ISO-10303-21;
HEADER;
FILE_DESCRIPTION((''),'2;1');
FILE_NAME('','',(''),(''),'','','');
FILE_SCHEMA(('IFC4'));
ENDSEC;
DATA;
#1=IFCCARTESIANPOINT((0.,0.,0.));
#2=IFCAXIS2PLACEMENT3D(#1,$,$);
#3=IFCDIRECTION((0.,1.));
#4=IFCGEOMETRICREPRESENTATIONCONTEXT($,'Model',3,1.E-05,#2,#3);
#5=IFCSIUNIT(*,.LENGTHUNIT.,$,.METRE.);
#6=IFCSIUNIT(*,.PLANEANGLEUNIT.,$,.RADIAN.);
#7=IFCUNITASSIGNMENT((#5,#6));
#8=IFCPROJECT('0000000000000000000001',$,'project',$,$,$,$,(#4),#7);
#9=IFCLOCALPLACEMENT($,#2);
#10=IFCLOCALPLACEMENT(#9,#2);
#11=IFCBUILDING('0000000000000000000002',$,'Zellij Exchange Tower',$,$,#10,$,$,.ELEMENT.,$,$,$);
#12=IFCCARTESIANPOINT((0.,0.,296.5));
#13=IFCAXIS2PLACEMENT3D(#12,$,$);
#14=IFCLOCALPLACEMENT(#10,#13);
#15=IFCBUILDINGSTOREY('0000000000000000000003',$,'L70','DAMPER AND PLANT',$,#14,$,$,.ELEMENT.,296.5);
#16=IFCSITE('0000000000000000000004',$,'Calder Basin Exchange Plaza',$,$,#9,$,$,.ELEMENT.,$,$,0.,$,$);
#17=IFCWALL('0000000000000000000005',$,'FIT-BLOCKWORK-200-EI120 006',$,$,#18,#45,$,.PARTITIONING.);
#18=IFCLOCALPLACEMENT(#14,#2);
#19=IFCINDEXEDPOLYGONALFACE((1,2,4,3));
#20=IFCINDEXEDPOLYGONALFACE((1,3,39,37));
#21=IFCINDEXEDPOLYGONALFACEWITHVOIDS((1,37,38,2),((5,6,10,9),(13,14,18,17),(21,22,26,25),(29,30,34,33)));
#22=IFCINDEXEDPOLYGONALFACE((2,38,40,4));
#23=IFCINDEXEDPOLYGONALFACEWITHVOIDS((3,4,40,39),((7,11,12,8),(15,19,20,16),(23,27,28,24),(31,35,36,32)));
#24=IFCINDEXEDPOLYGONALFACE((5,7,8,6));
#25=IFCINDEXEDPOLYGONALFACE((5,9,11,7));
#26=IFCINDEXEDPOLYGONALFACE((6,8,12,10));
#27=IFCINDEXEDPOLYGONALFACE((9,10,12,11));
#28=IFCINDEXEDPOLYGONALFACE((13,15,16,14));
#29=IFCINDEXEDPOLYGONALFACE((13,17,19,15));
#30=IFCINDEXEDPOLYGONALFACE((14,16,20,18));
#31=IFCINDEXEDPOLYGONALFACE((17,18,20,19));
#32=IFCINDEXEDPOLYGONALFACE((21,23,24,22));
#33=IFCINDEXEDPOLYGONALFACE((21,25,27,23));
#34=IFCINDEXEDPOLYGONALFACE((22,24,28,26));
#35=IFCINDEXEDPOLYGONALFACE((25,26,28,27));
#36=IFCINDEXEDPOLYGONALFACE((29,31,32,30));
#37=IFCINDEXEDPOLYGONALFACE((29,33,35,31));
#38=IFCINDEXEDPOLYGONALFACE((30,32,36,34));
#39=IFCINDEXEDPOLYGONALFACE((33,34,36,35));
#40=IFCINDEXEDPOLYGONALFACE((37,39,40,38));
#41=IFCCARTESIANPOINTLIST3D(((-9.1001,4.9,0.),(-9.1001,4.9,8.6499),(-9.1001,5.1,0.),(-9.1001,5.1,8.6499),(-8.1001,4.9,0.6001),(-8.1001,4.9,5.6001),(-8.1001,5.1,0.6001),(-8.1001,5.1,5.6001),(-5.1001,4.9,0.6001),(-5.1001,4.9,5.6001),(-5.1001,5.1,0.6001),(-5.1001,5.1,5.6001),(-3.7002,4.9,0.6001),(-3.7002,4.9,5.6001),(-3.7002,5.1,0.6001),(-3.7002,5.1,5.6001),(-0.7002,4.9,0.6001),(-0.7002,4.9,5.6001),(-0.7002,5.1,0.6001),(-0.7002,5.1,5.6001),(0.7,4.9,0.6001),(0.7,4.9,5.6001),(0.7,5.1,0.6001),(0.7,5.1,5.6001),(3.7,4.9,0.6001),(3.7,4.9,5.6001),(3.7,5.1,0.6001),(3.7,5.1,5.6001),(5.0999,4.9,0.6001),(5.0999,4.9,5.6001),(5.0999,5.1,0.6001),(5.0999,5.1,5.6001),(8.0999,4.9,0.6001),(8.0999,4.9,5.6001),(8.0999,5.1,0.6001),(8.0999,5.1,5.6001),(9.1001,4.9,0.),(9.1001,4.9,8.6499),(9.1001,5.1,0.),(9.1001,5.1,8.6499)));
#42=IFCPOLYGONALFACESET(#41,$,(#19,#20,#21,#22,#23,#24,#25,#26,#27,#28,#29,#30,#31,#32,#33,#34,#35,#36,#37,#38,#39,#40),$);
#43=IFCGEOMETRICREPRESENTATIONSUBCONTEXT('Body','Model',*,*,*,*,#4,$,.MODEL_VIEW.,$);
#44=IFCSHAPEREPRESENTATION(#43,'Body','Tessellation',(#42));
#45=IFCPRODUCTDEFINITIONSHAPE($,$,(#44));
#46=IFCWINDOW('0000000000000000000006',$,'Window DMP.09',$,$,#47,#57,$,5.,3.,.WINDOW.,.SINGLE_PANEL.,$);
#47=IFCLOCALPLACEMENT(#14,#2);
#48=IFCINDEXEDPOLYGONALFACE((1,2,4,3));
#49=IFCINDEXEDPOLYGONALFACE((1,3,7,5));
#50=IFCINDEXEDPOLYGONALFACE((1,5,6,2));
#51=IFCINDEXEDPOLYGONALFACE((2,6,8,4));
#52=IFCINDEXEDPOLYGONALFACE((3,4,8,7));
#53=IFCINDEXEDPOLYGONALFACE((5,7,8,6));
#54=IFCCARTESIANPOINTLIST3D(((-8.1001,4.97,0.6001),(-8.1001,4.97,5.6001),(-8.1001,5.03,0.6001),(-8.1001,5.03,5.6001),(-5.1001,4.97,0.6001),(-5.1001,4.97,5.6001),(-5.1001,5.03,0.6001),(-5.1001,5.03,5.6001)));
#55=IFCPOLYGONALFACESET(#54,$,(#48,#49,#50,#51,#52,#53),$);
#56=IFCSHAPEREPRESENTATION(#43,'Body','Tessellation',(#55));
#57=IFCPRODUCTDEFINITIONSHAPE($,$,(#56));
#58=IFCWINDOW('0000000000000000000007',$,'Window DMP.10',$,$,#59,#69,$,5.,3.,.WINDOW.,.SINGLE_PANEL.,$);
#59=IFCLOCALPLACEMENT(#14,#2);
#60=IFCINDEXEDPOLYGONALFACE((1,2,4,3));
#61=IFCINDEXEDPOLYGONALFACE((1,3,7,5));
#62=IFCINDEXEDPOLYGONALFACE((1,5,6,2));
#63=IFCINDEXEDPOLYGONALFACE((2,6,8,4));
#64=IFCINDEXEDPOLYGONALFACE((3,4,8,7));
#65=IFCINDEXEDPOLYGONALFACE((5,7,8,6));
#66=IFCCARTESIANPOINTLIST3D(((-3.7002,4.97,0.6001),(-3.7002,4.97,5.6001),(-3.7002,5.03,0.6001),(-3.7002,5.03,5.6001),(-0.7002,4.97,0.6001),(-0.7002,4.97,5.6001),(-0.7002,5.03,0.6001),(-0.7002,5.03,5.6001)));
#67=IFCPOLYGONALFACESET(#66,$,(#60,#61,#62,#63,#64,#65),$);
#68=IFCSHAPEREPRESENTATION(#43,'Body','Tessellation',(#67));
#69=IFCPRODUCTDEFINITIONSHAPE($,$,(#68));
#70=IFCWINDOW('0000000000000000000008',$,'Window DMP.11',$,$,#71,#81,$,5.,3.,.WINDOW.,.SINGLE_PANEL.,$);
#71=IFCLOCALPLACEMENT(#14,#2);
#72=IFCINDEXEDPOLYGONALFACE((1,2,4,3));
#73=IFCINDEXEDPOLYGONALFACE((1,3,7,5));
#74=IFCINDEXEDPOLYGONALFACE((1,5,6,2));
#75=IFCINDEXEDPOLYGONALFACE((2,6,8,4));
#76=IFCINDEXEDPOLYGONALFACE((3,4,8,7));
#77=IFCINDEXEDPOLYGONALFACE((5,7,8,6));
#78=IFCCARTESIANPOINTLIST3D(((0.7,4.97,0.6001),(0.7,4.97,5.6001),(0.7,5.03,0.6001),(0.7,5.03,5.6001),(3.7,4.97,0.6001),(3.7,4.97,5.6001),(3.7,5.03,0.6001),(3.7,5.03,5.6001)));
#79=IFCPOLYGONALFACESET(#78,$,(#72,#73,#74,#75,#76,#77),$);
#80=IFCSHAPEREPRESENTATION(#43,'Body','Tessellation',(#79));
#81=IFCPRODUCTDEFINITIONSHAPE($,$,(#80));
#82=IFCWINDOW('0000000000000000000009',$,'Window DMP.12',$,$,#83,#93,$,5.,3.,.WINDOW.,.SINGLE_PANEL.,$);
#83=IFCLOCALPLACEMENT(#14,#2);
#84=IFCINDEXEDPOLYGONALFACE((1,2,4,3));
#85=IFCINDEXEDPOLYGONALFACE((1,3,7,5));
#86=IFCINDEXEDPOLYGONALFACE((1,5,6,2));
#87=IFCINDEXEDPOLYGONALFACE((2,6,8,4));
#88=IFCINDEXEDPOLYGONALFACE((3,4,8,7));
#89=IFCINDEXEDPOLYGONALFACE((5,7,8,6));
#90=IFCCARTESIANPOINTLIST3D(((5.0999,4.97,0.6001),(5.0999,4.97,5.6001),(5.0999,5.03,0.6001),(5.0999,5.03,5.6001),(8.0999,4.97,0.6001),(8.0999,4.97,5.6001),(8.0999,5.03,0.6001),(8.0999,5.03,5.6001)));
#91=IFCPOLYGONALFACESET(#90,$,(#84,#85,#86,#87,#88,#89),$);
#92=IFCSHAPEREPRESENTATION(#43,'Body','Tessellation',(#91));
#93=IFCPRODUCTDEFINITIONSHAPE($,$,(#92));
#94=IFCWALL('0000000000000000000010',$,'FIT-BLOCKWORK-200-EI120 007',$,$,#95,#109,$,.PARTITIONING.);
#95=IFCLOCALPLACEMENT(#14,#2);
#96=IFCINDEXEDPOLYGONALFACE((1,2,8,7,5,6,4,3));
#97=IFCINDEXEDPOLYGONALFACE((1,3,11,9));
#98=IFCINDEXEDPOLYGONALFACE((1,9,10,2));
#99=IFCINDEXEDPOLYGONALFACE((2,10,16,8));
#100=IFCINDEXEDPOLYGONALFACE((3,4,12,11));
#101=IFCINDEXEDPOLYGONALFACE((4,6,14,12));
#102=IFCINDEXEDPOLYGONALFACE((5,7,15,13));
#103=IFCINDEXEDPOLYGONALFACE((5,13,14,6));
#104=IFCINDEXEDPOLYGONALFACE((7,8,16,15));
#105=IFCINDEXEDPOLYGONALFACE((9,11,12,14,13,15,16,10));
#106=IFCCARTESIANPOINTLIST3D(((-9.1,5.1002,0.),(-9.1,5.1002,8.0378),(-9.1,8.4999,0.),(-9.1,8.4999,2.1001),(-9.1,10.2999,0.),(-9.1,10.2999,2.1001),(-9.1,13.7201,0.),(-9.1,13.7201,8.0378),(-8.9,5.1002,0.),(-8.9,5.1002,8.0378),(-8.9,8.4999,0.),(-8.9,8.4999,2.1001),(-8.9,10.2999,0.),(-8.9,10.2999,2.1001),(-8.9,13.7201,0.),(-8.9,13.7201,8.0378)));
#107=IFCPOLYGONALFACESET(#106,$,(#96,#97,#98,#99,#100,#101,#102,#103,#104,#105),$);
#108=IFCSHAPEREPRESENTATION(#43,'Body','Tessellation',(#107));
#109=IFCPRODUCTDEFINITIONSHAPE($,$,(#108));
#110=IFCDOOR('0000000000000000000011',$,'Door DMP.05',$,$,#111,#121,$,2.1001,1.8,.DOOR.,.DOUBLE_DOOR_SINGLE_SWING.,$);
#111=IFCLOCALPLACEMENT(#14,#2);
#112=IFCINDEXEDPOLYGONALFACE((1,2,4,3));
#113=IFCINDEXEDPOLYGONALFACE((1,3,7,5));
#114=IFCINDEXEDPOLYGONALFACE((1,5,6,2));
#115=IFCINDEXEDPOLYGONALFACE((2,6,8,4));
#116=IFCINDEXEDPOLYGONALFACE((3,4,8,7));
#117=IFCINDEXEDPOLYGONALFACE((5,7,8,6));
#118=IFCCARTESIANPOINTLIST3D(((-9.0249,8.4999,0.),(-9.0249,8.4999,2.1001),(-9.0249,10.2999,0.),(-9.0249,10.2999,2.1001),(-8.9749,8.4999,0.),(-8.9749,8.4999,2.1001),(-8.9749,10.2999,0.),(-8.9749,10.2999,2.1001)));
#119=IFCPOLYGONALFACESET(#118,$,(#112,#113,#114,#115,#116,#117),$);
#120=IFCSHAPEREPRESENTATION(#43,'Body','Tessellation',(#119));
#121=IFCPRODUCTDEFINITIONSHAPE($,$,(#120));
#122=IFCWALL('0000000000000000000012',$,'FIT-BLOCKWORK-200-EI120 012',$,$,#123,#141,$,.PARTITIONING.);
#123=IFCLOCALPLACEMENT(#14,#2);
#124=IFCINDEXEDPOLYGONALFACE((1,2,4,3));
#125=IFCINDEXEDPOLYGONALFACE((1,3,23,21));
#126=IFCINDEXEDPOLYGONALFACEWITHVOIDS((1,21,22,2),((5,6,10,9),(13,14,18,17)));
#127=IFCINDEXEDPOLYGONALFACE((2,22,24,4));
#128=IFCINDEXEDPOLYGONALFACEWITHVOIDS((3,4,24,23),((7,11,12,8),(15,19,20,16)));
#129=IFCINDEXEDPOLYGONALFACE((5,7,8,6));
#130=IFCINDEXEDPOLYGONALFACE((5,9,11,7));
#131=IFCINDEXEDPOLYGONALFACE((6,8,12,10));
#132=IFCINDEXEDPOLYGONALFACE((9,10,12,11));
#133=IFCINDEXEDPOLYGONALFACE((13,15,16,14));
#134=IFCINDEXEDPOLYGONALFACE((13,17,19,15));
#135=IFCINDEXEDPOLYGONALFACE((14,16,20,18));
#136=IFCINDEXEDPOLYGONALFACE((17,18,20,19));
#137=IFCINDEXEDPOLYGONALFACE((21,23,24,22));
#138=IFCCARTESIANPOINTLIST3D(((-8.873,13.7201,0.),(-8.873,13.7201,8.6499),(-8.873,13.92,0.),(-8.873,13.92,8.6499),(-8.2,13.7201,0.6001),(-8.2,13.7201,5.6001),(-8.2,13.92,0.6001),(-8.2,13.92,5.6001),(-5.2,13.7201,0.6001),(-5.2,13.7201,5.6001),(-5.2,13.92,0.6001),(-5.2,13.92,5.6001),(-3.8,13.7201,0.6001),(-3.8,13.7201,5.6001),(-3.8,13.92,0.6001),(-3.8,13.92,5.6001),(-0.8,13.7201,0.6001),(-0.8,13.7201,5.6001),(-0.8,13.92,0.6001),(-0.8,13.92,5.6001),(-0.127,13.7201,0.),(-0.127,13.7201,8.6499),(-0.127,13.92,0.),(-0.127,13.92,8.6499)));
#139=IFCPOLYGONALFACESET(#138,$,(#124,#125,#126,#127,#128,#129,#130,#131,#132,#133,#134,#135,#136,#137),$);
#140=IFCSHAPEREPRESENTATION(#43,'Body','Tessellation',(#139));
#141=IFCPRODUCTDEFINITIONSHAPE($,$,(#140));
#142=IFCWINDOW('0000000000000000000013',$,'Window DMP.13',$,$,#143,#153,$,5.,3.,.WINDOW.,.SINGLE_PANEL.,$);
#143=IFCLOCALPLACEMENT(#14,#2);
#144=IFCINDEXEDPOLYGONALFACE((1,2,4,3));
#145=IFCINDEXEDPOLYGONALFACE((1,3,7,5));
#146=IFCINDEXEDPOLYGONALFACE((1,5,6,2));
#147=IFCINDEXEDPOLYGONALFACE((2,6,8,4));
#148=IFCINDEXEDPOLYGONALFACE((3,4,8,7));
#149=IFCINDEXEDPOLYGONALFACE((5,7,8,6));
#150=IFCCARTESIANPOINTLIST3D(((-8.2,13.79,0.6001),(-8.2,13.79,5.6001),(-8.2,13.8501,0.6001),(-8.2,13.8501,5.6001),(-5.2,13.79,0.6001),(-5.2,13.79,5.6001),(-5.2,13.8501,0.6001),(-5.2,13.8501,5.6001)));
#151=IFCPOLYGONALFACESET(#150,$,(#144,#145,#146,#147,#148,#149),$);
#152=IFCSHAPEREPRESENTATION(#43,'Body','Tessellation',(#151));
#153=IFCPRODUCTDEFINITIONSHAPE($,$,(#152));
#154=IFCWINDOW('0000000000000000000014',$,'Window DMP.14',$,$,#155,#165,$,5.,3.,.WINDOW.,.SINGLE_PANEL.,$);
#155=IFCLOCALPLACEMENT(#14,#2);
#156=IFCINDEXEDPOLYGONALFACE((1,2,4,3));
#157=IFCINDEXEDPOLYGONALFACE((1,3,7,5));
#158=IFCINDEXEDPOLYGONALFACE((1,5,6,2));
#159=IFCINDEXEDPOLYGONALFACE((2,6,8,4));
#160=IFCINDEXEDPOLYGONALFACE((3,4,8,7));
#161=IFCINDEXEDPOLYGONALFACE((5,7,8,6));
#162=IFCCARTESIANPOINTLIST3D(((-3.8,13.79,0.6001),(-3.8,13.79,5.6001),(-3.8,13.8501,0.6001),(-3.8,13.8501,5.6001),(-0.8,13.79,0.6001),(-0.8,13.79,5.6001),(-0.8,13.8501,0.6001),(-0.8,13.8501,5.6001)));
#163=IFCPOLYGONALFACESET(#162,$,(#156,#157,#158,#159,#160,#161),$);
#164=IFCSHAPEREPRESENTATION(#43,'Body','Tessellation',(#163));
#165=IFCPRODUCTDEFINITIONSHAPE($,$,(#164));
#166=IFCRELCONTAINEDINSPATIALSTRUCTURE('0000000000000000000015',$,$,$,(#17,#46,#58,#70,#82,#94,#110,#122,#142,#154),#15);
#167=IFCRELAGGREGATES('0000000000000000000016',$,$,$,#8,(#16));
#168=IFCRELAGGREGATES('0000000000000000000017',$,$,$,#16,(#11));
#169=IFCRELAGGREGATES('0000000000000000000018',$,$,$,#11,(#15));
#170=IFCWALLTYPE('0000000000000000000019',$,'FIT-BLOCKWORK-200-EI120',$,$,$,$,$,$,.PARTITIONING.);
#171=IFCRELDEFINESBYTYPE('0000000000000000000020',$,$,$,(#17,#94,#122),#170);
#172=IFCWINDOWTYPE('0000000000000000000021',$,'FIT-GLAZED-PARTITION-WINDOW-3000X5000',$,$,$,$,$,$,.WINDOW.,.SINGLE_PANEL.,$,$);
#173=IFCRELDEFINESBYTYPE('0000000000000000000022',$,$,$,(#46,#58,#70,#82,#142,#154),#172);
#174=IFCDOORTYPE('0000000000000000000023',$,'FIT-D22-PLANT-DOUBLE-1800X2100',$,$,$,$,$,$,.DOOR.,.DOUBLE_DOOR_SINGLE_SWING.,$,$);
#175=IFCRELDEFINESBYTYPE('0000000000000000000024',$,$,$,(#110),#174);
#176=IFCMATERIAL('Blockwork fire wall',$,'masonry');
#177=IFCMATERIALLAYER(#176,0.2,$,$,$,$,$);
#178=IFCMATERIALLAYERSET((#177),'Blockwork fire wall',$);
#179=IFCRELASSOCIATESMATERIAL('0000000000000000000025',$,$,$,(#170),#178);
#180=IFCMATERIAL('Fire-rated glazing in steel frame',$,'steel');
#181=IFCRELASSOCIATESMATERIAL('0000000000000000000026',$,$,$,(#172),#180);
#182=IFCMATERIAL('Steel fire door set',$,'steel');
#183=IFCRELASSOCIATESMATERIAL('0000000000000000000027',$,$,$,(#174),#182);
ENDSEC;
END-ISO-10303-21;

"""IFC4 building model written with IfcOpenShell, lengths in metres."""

from ifc_helpers import new_model, si_unit, direction, frame, frame_2d, origin, place, context, subcontext, project, spatial, rectangle, extrude, material, layer, layer_set, type_object, element, fill, save


model = new_model("IFC4")

# Units and contexts
model_context = context("Model", 3, precision=1e-05, world=origin(), true_north=direction((0.0, 1.0)))
body_context = subcontext(model_context, "Body", "Model", "MODEL_VIEW")
ifc_project = project(units=[si_unit("LENGTHUNIT", "METRE"), si_unit("PLANEANGLEUNIT", "RADIAN")], contexts=[model_context])

# Site, building, storey
site_placement = place(None, origin())
site = spatial("IfcSite", under=ifc_project, at=site_placement, Name="Calder Basin Exchange Plaza", CompositionType="ELEMENT", RefElevation=0.0)
building_placement = place(site_placement, origin())
building = spatial("IfcBuilding", under=site, at=building_placement, Name="Zellij Exchange Tower", CompositionType="ELEMENT")
storey_placement = place(building_placement, frame((0.0, 0.0, 296.5)))
storey = spatial("IfcBuildingStorey", under=building, at=storey_placement, Name="L70", Description="DAMPER AND PLANT", CompositionType="ELEMENT", Elevation=296.5)

# Wall, openings, windows
ifc_material_1 = material(Name="Blockwork fire wall", Category="masonry")
ifc_layer = layer(ifc_material_1, 0.2)
ifc_layer_set = layer_set([ifc_layer], Name="Blockwork fire wall")
wall_type = type_object("IfcWallType", Name="FIT-BLOCKWORK-200-EI120", PredefinedType="PARTITIONING", material=ifc_layer_set)
wall_1_placement = place(storey_placement, frame((-9.1001, 5.0, 0.0), z_axis=(0.0, 0.0, 1.0), x_axis=(1.0, 0.0, 0.0)))
wall_1 = element("IfcWall", 1, at=wall_1_placement, inside=storey, type_object=wall_type, Name="FIT-BLOCKWORK-200-EI120 006", PredefinedType="PARTITIONING", context=body_context, shape_type="SweptSolid", body=[
    extrude(rectangle(XDim=18.2002, YDim=0.2, at=frame_2d((9.1001, 0.0))), origin(), (0.0, 0.0, 1.0), 8.6499),
])
opening_1_placement = place(wall_1_placement, frame((1.0, 0.0, 0.6001)))
opening_1 = element("IfcOpeningElement", 2, at=opening_1_placement, cuts=wall_1, PredefinedType="OPENING", context=body_context, shape_type="SweptSolid", body=[
    extrude(rectangle(XDim=3.0, YDim=5.0, at=frame_2d((1.5, 2.5))), frame((0.0, 0.1118, 0.0), z_axis=(0.0, -1.0, 0.0), x_axis=(1.0, 0.0, 0.0)), (0.0, 0.0, 1.0), 0.2239),
])
opening_2_placement = place(wall_1_placement, frame((5.3999, 0.0, 0.6001)))
opening_2 = element("IfcOpeningElement", 3, at=opening_2_placement, cuts=wall_1, PredefinedType="OPENING", context=body_context, shape_type="SweptSolid", body=[
    extrude(rectangle(XDim=3.0, YDim=5.0, at=frame_2d((1.5, 2.5))), frame((0.0, 0.1118, 0.0), z_axis=(0.0, -1.0, 0.0), x_axis=(1.0, 0.0, 0.0)), (0.0, 0.0, 1.0), 0.2239),
])
opening_3_placement = place(wall_1_placement, frame((9.8, 0.0, 0.6001)))
opening_3 = element("IfcOpeningElement", 4, at=opening_3_placement, cuts=wall_1, PredefinedType="OPENING", context=body_context, shape_type="SweptSolid", body=[
    extrude(rectangle(XDim=3.0, YDim=5.0, at=frame_2d((1.5, 2.5))), frame((0.0, 0.1118, 0.0), z_axis=(0.0, -1.0, 0.0), x_axis=(1.0, 0.0, 0.0)), (0.0, 0.0, 1.0), 0.2239),
])
opening_4_placement = place(wall_1_placement, frame((14.2, 0.0, 0.6001)))
opening_4 = element("IfcOpeningElement", 5, at=opening_4_placement, cuts=wall_1, PredefinedType="OPENING", context=body_context, shape_type="SweptSolid", body=[
    extrude(rectangle(XDim=3.0, YDim=5.0, at=frame_2d((1.5, 2.5))), frame((0.0, 0.1118, 0.0), z_axis=(0.0, -1.0, 0.0), x_axis=(1.0, 0.0, 0.0)), (0.0, 0.0, 1.0), 0.2239),
])
ifc_material_2 = material(Name="Fire-rated glazing in steel frame", Category="steel")
window_type = type_object("IfcWindowType", Name="FIT-GLAZED-PARTITION-WINDOW-3000X5000", PartitioningType="SINGLE_PANEL", PredefinedType="WINDOW", material=ifc_material_2)
window_1_placement = place(opening_1_placement, origin())
window_1 = element("IfcWindow", 6, at=window_1_placement, inside=storey, type_object=window_type, Name="Window DMP.09", OverallHeight=5.0, OverallWidth=3.0, PartitioningType="SINGLE_PANEL", PredefinedType="WINDOW", context=body_context, shape_type="SweptSolid", body=[
    extrude(rectangle(XDim=3.0, YDim=5.0, at=frame_2d((1.5, 2.5))), frame((0.0, 0.03, 0.0), z_axis=(0.0, -1.0, 0.0), x_axis=(1.0, 0.0, 0.0)), (0.0, 0.0, 1.0), 0.0601),
])
fill(opening_1, window_1)
window_2_placement = place(opening_2_placement, origin())
window_2 = element("IfcWindow", 7, at=window_2_placement, inside=storey, type_object=window_type, Name="Window DMP.10", OverallHeight=5.0, OverallWidth=3.0, PartitioningType="SINGLE_PANEL", PredefinedType="WINDOW", context=body_context, shape_type="SweptSolid", body=[
    extrude(rectangle(XDim=3.0, YDim=5.0, at=frame_2d((1.5, 2.5))), frame((0.0, 0.03, 0.0), z_axis=(0.0, -1.0, 0.0), x_axis=(1.0, 0.0, 0.0)), (0.0, 0.0, 1.0), 0.0601),
])
fill(opening_2, window_2)
window_3_placement = place(opening_3_placement, origin())
window_3 = element("IfcWindow", 8, at=window_3_placement, inside=storey, type_object=window_type, Name="Window DMP.11", OverallHeight=5.0, OverallWidth=3.0, PartitioningType="SINGLE_PANEL", PredefinedType="WINDOW", context=body_context, shape_type="SweptSolid", body=[
    extrude(rectangle(XDim=3.0, YDim=5.0, at=frame_2d((1.5, 2.5))), frame((0.0, 0.03, 0.0), z_axis=(0.0, -1.0, 0.0), x_axis=(1.0, 0.0, 0.0)), (0.0, 0.0, 1.0), 0.0601),
])
fill(opening_3, window_3)
window_4_placement = place(opening_4_placement, origin())
window_4 = element("IfcWindow", 9, at=window_4_placement, inside=storey, type_object=window_type, Name="Window DMP.12", OverallHeight=5.0, OverallWidth=3.0, PartitioningType="SINGLE_PANEL", PredefinedType="WINDOW", context=body_context, shape_type="SweptSolid", body=[
    extrude(rectangle(XDim=3.0, YDim=5.0, at=frame_2d((1.5, 2.5))), frame((0.0, 0.03, 0.0), z_axis=(0.0, -1.0, 0.0), x_axis=(1.0, 0.0, 0.0)), (0.0, 0.0, 1.0), 0.0601),
])
fill(opening_4, window_4)

# Wall, opening, door
wall_2_placement = place(storey_placement, frame((-9.0, 5.1001, 0.0), z_axis=(0.0, 0.0, 1.0), x_axis=(0.0, 1.0, 0.0)))
wall_2 = element("IfcWall", 10, at=wall_2_placement, inside=storey, type_object=wall_type, Name="FIT-BLOCKWORK-200-EI120 007", PredefinedType="PARTITIONING", context=body_context, shape_type="SweptSolid", body=[
    extrude(rectangle(XDim=8.6199, YDim=0.2, at=frame_2d((4.3101, 0.0))), origin(), (0.0, 0.0, 1.0), 8.0378),
])
opening_5_placement = place(wall_2_placement, frame((3.3999, 0.0, 0.0)))
opening_5 = element("IfcOpeningElement", 11, at=opening_5_placement, cuts=wall_2, PredefinedType="OPENING", context=body_context, shape_type="SweptSolid", body=[
    extrude(rectangle(XDim=1.8, YDim=2.1001, at=frame_2d((0.8999, 1.05))), frame((0.0, 0.1118, 0.0), z_axis=(0.0, -1.0, 0.0), x_axis=(1.0, 0.0, 0.0)), (0.0, 0.0, 1.0), 0.2239),
])
ifc_material_3 = material(Name="Steel fire door set", Category="steel")
door_type = type_object("IfcDoorType", Name="FIT-D22-PLANT-DOUBLE-1800X2100", OperationType="DOUBLE_DOOR_SINGLE_SWING", PredefinedType="DOOR", material=ifc_material_3)
door_placement = place(opening_5_placement, origin())
door = element("IfcDoor", 12, at=door_placement, inside=storey, type_object=door_type, Name="Door DMP.05", OperationType="DOUBLE_DOOR_SINGLE_SWING", OverallHeight=2.1001, OverallWidth=1.8, PredefinedType="DOOR", context=body_context, shape_type="SweptSolid", body=[
    extrude(rectangle(XDim=1.8, YDim=2.1001, at=frame_2d((0.8999, 1.05))), frame((0.0, 0.0249, 0.0), z_axis=(0.0, -1.0, 0.0), x_axis=(1.0, 0.0, 0.0)), (0.0, 0.0, 1.0), 0.05),
])
fill(opening_5, door)

# Wall, openings, windows
wall_3_placement = place(storey_placement, frame((-8.873, 13.8201, 0.0), z_axis=(0.0, 0.0, 1.0), x_axis=(1.0, 0.0, 0.0)))
wall_3 = element("IfcWall", 13, at=wall_3_placement, inside=storey, type_object=wall_type, Name="FIT-BLOCKWORK-200-EI120 012", PredefinedType="PARTITIONING", context=body_context, shape_type="SweptSolid", body=[
    extrude(rectangle(XDim=8.7461, YDim=0.2, at=frame_2d((4.373, 0.0))), origin(), (0.0, 0.0, 1.0), 8.6499),
])
opening_6_placement = place(wall_3_placement, frame((0.6731, 0.0, 0.6001)))
opening_6 = element("IfcOpeningElement", 14, at=opening_6_placement, cuts=wall_3, PredefinedType="OPENING", context=body_context, shape_type="SweptSolid", body=[
    extrude(rectangle(XDim=3.0, YDim=5.0, at=frame_2d((1.5, 2.5))), frame((0.0, 0.1118, 0.0), z_axis=(0.0, -1.0, 0.0), x_axis=(1.0, 0.0, 0.0)), (0.0, 0.0, 1.0), 0.2239),
])
opening_7_placement = place(wall_3_placement, frame((5.073, 0.0, 0.6001)))
opening_7 = element("IfcOpeningElement", 15, at=opening_7_placement, cuts=wall_3, PredefinedType="OPENING", context=body_context, shape_type="SweptSolid", body=[
    extrude(rectangle(XDim=3.0, YDim=5.0, at=frame_2d((1.5, 2.5))), frame((0.0, 0.1118, 0.0), z_axis=(0.0, -1.0, 0.0), x_axis=(1.0, 0.0, 0.0)), (0.0, 0.0, 1.0), 0.2239),
])
window_5_placement = place(opening_6_placement, origin())
window_5 = element("IfcWindow", 16, at=window_5_placement, inside=storey, type_object=window_type, Name="Window DMP.13", OverallHeight=5.0, OverallWidth=3.0, PartitioningType="SINGLE_PANEL", PredefinedType="WINDOW", context=body_context, shape_type="SweptSolid", body=[
    extrude(rectangle(XDim=3.0, YDim=5.0, at=frame_2d((1.5, 2.5))), frame((0.0, 0.03, 0.0), z_axis=(0.0, -1.0, 0.0), x_axis=(1.0, 0.0, 0.0)), (0.0, 0.0, 1.0), 0.0601),
])
fill(opening_6, window_5)
window_6_placement = place(opening_7_placement, origin())
window_6 = element("IfcWindow", 17, at=window_6_placement, inside=storey, type_object=window_type, Name="Window DMP.14", OverallHeight=5.0, OverallWidth=3.0, PartitioningType="SINGLE_PANEL", PredefinedType="WINDOW", context=body_context, shape_type="SweptSolid", body=[
    extrude(rectangle(XDim=3.0, YDim=5.0, at=frame_2d((1.5, 2.5))), frame((0.0, 0.03, 0.0), z_axis=(0.0, -1.0, 0.0), x_axis=(1.0, 0.0, 0.0)), (0.0, 0.0, 1.0), 0.0601),
])
fill(opening_7, window_6)

save(model, "model.ifc")
